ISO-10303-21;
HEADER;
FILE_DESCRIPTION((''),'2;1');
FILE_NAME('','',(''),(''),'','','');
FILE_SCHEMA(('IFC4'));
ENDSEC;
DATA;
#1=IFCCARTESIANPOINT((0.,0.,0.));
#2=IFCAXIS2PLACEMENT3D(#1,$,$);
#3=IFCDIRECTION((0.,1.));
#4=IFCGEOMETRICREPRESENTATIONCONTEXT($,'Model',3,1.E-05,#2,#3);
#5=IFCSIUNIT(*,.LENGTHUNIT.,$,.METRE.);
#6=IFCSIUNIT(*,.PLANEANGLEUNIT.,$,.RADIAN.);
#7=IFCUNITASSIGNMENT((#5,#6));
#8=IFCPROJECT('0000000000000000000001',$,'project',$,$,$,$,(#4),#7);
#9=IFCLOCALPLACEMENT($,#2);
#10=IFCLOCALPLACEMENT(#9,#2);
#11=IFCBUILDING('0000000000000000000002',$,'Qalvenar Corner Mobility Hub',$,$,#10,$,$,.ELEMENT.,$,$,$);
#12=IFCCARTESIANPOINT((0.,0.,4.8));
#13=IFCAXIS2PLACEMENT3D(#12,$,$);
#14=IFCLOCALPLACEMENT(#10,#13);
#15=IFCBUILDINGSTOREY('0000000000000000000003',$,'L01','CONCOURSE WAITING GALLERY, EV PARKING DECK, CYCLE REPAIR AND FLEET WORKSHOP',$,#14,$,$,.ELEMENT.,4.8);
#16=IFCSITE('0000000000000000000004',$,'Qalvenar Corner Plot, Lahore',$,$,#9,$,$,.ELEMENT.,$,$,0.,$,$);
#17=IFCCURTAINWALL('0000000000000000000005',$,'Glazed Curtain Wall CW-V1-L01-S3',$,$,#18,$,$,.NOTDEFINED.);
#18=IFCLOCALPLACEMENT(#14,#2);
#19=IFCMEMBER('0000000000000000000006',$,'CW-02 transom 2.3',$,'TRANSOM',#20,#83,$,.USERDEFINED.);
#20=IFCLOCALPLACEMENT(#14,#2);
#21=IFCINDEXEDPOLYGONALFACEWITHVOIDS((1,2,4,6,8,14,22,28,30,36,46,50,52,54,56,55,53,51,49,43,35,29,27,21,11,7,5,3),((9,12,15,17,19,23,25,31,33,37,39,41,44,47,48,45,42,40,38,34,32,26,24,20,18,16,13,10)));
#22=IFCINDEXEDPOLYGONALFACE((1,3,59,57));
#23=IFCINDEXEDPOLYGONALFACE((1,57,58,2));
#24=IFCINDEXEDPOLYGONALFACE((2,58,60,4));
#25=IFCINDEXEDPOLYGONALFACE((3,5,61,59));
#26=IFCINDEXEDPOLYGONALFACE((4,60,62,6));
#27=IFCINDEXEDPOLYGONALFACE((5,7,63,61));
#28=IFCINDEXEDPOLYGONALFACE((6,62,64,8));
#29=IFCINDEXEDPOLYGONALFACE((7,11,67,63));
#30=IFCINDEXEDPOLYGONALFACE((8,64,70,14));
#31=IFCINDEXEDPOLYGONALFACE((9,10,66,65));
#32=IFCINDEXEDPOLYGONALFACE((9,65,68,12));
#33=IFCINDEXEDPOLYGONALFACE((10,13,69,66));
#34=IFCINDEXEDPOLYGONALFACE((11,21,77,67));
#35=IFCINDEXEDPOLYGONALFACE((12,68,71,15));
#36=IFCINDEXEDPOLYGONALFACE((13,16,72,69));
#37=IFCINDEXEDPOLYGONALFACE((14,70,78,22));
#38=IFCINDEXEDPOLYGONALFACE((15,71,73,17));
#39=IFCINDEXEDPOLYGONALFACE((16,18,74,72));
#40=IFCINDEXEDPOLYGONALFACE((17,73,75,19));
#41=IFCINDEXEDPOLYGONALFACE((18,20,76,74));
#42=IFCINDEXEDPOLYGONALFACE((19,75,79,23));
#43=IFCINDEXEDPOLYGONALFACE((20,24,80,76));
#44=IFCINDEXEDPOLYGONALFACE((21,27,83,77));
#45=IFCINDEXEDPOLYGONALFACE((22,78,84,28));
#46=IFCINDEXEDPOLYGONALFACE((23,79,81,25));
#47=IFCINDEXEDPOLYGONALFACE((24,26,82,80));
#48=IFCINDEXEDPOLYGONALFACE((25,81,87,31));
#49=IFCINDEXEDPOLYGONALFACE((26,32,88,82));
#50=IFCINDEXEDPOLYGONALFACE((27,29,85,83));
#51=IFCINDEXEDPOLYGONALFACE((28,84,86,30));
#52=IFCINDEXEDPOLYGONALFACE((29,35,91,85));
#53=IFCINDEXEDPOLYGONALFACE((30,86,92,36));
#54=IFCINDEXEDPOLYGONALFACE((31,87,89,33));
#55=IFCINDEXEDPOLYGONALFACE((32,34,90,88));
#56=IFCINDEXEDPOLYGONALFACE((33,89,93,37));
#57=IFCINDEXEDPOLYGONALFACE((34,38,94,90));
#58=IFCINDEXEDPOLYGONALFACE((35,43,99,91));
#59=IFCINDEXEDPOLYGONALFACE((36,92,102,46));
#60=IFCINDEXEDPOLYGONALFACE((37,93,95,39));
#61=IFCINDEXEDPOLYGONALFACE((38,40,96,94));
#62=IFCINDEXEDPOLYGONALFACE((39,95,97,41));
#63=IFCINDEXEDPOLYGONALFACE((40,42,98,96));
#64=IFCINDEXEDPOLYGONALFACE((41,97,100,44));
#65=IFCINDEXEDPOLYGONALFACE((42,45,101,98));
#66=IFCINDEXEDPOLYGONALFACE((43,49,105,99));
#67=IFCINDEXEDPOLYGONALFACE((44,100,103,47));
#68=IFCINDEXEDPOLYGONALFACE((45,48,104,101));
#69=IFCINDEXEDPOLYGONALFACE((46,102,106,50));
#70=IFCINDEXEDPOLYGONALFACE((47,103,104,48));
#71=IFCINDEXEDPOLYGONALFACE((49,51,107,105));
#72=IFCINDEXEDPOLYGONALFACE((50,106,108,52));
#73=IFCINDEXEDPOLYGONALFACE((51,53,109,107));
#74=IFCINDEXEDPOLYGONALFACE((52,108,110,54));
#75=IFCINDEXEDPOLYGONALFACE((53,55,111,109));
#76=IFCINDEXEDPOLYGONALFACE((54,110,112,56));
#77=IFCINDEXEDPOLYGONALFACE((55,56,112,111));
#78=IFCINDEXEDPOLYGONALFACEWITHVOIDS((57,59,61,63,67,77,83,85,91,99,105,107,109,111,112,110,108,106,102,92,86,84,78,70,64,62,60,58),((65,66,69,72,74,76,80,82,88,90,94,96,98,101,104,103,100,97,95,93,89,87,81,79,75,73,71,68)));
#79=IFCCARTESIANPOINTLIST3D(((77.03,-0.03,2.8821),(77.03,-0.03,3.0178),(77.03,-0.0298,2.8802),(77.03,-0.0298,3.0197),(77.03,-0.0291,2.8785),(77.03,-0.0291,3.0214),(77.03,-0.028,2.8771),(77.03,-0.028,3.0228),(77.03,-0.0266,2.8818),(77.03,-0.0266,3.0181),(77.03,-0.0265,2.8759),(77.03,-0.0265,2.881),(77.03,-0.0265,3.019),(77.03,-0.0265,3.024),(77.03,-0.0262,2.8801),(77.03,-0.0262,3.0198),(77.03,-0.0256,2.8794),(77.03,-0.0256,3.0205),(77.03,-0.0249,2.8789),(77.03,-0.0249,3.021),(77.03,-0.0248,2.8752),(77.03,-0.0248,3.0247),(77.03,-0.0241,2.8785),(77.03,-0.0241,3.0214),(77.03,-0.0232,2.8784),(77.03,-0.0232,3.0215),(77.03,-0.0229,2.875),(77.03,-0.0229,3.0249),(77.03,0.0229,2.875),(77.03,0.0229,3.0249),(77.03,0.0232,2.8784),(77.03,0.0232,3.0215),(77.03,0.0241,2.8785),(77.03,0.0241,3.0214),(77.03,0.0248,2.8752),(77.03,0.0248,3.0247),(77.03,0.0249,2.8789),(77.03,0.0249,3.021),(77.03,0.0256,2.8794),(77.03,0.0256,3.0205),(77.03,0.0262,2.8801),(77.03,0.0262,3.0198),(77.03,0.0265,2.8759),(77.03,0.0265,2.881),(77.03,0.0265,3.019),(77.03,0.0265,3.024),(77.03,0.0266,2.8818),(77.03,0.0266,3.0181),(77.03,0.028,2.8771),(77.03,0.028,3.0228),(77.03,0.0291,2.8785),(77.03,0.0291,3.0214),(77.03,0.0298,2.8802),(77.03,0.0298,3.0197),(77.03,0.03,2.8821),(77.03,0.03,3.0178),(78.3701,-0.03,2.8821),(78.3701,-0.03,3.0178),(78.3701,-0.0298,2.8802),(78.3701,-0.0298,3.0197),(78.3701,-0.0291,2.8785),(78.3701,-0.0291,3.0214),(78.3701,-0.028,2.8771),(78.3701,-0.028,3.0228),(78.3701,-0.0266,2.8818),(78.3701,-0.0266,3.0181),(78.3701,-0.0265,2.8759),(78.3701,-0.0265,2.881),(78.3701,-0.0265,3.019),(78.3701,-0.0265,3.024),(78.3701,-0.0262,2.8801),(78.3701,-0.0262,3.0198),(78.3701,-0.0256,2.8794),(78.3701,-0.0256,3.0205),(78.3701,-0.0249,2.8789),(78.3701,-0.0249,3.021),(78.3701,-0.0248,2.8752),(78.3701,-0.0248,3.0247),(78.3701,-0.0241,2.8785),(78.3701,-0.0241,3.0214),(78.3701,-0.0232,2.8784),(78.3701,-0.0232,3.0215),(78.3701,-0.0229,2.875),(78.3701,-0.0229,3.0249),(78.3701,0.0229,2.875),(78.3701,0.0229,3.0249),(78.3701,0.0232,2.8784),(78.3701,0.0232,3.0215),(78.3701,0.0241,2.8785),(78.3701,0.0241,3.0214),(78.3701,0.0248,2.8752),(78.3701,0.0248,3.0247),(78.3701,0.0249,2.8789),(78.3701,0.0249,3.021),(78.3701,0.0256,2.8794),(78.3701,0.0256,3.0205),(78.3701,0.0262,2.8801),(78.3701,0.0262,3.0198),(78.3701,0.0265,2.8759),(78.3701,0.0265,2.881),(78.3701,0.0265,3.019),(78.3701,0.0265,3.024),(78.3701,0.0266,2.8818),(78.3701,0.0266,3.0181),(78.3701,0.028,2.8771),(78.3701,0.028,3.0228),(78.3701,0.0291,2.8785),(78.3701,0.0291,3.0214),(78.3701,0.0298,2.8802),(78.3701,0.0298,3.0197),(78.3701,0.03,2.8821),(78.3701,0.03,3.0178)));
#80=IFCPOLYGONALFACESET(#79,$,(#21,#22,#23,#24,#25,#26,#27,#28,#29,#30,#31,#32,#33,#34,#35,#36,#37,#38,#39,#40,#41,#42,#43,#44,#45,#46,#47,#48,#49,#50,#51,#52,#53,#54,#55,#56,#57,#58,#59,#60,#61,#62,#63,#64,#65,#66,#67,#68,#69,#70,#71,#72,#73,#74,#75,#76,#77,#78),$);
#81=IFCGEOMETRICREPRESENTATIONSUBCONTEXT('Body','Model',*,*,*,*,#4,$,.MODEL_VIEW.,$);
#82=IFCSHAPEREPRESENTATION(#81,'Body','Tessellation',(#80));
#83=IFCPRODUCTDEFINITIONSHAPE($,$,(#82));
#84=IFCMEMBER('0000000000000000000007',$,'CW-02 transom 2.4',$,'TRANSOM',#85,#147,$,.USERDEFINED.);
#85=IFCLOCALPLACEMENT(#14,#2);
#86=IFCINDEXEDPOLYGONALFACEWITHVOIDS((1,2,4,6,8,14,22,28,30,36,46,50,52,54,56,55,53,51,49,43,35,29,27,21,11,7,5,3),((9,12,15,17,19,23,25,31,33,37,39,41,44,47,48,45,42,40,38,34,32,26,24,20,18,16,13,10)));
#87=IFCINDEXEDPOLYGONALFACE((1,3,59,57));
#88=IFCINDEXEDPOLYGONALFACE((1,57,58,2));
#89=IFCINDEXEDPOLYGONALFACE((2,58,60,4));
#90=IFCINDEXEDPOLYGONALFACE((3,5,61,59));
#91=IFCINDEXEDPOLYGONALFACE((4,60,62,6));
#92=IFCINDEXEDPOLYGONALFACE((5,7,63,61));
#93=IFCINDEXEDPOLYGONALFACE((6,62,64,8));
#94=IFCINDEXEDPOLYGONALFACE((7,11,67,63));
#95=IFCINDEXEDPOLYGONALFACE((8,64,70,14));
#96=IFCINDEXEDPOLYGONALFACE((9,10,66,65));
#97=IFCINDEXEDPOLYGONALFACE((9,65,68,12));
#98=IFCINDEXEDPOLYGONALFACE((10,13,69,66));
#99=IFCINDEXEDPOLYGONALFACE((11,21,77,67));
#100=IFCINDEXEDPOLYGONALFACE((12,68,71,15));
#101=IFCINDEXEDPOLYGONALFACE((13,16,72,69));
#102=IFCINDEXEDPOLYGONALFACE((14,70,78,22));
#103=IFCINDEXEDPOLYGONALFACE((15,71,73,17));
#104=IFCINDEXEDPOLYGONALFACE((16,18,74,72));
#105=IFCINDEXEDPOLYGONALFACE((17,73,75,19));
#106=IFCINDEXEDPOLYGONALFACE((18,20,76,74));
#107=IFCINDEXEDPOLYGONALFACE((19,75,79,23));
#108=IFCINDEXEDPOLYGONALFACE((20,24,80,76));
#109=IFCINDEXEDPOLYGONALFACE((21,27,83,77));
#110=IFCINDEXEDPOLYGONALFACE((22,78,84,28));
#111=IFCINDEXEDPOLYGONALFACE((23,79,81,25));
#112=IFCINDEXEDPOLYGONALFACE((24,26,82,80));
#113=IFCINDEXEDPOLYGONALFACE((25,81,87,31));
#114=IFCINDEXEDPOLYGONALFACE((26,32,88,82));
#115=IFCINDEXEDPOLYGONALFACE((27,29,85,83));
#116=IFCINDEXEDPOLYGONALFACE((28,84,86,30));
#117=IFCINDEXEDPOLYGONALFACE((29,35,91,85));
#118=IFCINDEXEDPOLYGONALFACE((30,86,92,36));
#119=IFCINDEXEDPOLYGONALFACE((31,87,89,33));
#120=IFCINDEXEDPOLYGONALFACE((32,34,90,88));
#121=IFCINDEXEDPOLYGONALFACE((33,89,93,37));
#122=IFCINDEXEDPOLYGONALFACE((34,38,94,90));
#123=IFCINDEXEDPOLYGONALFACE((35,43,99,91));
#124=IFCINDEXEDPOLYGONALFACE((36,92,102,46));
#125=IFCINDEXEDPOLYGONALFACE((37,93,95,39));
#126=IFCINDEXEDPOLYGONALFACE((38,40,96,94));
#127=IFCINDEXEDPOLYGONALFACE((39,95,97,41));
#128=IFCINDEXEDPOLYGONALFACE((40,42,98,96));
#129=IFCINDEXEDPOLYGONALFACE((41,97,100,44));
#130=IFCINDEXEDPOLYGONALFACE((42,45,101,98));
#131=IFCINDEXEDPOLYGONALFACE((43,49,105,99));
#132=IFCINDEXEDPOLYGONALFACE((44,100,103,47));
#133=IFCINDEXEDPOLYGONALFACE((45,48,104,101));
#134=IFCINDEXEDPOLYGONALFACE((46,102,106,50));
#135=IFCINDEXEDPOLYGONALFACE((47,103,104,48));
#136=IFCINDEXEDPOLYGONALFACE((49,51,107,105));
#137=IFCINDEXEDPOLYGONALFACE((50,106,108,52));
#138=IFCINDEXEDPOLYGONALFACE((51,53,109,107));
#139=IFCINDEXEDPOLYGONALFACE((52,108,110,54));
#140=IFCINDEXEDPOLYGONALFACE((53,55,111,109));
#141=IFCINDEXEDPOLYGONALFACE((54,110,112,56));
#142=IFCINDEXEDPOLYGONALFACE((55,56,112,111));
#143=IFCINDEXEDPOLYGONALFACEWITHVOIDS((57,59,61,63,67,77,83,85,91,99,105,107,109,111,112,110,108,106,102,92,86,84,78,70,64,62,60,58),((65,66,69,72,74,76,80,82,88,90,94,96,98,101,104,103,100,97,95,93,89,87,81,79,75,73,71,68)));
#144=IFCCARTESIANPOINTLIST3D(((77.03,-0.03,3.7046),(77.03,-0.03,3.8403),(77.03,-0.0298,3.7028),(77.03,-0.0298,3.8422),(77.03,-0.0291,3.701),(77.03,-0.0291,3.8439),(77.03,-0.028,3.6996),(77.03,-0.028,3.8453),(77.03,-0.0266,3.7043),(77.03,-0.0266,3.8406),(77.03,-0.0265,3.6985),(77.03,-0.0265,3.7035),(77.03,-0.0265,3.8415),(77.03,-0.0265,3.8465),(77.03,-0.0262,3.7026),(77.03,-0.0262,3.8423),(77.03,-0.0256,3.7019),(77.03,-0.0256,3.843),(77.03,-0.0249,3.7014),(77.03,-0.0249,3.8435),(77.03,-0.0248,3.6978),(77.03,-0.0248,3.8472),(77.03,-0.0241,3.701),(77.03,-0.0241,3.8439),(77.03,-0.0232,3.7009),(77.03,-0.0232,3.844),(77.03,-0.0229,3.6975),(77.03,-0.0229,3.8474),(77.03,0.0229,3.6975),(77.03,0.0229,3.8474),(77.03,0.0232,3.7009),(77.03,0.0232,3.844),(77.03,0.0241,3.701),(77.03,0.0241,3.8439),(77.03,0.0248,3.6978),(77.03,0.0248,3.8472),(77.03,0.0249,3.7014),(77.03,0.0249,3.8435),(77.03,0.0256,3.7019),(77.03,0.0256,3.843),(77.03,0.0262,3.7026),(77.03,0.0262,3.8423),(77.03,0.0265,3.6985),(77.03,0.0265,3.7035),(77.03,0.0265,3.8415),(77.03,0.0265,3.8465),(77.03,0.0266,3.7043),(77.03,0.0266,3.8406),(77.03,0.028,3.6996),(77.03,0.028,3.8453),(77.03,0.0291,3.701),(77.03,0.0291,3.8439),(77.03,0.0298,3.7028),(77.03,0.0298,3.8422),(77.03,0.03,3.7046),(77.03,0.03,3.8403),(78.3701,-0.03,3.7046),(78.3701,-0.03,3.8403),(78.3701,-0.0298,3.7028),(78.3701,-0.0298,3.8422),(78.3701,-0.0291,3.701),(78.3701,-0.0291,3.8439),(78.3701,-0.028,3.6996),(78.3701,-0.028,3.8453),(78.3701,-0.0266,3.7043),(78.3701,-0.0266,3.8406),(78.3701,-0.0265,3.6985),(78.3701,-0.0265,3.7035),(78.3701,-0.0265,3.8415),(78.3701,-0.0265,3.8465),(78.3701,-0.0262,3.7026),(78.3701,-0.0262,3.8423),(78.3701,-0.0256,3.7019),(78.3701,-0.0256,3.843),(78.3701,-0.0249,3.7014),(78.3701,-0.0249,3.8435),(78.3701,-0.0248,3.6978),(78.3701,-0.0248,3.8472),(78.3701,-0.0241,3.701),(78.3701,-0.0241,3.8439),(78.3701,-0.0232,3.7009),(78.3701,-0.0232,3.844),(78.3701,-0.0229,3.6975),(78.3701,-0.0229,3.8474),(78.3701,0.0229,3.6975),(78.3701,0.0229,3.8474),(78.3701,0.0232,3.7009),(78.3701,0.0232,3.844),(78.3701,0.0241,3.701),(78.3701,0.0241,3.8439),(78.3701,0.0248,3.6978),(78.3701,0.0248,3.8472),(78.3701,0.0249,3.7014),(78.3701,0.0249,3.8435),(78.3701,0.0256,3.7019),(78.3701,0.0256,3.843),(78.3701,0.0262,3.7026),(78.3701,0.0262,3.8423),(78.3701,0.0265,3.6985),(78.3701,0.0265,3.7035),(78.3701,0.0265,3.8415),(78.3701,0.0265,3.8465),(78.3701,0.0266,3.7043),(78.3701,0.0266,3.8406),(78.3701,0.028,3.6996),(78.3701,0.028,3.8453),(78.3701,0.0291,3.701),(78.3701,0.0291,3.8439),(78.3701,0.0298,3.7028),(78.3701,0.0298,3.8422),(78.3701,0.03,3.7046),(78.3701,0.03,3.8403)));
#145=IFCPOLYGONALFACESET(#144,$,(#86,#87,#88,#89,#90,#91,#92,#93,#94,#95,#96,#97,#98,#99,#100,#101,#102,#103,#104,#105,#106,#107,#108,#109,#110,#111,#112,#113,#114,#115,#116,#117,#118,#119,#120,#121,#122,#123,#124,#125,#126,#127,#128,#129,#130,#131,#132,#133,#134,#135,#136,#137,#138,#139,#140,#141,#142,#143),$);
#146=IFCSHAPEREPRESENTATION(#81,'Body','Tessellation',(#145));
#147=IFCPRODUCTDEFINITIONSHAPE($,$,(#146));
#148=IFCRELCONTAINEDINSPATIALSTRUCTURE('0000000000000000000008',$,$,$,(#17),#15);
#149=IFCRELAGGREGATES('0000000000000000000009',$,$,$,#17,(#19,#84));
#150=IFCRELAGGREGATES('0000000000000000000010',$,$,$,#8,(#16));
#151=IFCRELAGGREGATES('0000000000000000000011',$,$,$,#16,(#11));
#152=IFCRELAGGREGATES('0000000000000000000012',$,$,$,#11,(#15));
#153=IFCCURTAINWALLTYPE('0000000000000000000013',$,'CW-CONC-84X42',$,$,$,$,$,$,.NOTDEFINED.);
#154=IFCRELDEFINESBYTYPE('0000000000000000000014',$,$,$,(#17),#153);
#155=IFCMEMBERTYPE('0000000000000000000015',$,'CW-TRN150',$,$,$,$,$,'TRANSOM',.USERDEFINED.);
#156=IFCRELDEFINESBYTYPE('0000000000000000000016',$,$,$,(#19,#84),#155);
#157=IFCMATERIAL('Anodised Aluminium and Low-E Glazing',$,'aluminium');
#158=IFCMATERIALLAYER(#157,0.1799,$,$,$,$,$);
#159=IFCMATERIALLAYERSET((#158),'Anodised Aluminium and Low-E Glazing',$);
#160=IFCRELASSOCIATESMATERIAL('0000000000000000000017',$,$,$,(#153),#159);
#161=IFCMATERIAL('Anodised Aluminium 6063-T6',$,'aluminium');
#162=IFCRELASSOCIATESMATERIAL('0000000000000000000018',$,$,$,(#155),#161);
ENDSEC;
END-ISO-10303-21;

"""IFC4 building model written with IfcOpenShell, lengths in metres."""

from ifc_helpers import new_model, si_unit, direction, frame, origin, origin_2d, place, context, subcontext, project, spatial, hollow_rectangle, extrude, material, layer, layer_set, material_profile, profile_set, type_object, element, aggregate, save


model = new_model("IFC4")

# Units and contexts
model_context = context("Model", 3, precision=1e-05, world=origin(), true_north=direction((0.0, 1.0)))
body_context = subcontext(model_context, "Body", "Model", "MODEL_VIEW")
ifc_project = project(units=[si_unit("LENGTHUNIT", "METRE"), si_unit("PLANEANGLEUNIT", "RADIAN")], contexts=[model_context])

# Site, building, storey
site_placement = place(None, origin())
site = spatial("IfcSite", under=ifc_project, at=site_placement, Name="Qalvenar Corner Plot, Lahore", CompositionType="ELEMENT", RefElevation=0.0)
building_placement = place(site_placement, origin())
building = spatial("IfcBuilding", under=site, at=building_placement, Name="Qalvenar Corner Mobility Hub", CompositionType="ELEMENT")
storey_placement = place(building_placement, frame((0.0, 0.0, 4.8)))
storey = spatial("IfcBuildingStorey", under=building, at=storey_placement, Name="L01", Description="CONCOURSE WAITING GALLERY, EV PARKING DECK, CYCLE REPAIR AND FLEET WORKSHOP", CompositionType="ELEMENT", Elevation=4.8)

# Curtain wall, members
ifc_material_1 = material(Name="Anodised Aluminium and Low-E Glazing", Category="aluminium")
ifc_layer_1 = layer(ifc_material_1, 0.1799)
ifc_layer_set_1 = layer_set([ifc_layer_1], Name="Anodised Aluminium and Low-E Glazing")
curtain_wall_type = type_object("IfcCurtainWallType", Name="CW-CONC-84X42", PredefinedType="NOTDEFINED", material=ifc_layer_set_1)
curtain_wall_placement = place(storey_placement, origin())
curtain_wall = element("IfcCurtainWall", 1, at=curtain_wall_placement, inside=storey, type_object=curtain_wall_type, Name="Glazed Curtain Wall CW-V1-L01-S3", PredefinedType="NOTDEFINED")
ifc_material_2 = material(Name="Anodised Aluminium 6063-T6", Category="aluminium")
ifc_material_profile_1 = material_profile(ifc_material_2, hollow_rectangle(XDim=0.0601, YDim=0.1499, WallThickness=0.0034, InnerFilletRadius=0.0034, OuterFilletRadius=0.0071, at=origin_2d()), Name="RHS150x60x3.5")
ifc_profile_set_1 = profile_set([ifc_material_profile_1], Name="Anodised Aluminium 6063-T6")
member_type_1 = type_object("IfcMemberType", Name="CW-TRN150", ElementType="TRANSOM", PredefinedType="USERDEFINED", material=ifc_profile_set_1)
member_1_placement = place(storey_placement, frame((77.03, 0.0, 2.95), z_axis=(1.0, 0.0, 0.0), x_axis=(0.0, 1.0, 0.0)))
member_1 = element("IfcMember", 2, at=member_1_placement, type_object=member_type_1, Name="CW-02 transom 2.3", ObjectType="TRANSOM", PredefinedType="USERDEFINED", context=body_context, shape_type="SweptSolid", body=[
    extrude(hollow_rectangle(XDim=0.0601, YDim=0.1499, WallThickness=0.0034, InnerFilletRadius=0.0034, OuterFilletRadius=0.0071, at=origin_2d()), origin(), (0.0, 0.0, 1.0), 1.3401),
])
member_2_placement = place(storey_placement, frame((77.03, 0.0, 3.7725), z_axis=(1.0, 0.0, 0.0), x_axis=(0.0, 1.0, 0.0)))
member_2 = element("IfcMember", 3, at=member_2_placement, type_object=member_type_1, Name="CW-02 transom 2.4", ObjectType="TRANSOM", PredefinedType="USERDEFINED", context=body_context, shape_type="SweptSolid", body=[
    extrude(hollow_rectangle(XDim=0.0601, YDim=0.1499, WallThickness=0.0034, InnerFilletRadius=0.0034, OuterFilletRadius=0.0071, at=origin_2d()), origin(), (0.0, 0.0, 1.0), 1.3401),
])
aggregate(curtain_wall, [member_1, member_2])

save(model, "model.ifc")
